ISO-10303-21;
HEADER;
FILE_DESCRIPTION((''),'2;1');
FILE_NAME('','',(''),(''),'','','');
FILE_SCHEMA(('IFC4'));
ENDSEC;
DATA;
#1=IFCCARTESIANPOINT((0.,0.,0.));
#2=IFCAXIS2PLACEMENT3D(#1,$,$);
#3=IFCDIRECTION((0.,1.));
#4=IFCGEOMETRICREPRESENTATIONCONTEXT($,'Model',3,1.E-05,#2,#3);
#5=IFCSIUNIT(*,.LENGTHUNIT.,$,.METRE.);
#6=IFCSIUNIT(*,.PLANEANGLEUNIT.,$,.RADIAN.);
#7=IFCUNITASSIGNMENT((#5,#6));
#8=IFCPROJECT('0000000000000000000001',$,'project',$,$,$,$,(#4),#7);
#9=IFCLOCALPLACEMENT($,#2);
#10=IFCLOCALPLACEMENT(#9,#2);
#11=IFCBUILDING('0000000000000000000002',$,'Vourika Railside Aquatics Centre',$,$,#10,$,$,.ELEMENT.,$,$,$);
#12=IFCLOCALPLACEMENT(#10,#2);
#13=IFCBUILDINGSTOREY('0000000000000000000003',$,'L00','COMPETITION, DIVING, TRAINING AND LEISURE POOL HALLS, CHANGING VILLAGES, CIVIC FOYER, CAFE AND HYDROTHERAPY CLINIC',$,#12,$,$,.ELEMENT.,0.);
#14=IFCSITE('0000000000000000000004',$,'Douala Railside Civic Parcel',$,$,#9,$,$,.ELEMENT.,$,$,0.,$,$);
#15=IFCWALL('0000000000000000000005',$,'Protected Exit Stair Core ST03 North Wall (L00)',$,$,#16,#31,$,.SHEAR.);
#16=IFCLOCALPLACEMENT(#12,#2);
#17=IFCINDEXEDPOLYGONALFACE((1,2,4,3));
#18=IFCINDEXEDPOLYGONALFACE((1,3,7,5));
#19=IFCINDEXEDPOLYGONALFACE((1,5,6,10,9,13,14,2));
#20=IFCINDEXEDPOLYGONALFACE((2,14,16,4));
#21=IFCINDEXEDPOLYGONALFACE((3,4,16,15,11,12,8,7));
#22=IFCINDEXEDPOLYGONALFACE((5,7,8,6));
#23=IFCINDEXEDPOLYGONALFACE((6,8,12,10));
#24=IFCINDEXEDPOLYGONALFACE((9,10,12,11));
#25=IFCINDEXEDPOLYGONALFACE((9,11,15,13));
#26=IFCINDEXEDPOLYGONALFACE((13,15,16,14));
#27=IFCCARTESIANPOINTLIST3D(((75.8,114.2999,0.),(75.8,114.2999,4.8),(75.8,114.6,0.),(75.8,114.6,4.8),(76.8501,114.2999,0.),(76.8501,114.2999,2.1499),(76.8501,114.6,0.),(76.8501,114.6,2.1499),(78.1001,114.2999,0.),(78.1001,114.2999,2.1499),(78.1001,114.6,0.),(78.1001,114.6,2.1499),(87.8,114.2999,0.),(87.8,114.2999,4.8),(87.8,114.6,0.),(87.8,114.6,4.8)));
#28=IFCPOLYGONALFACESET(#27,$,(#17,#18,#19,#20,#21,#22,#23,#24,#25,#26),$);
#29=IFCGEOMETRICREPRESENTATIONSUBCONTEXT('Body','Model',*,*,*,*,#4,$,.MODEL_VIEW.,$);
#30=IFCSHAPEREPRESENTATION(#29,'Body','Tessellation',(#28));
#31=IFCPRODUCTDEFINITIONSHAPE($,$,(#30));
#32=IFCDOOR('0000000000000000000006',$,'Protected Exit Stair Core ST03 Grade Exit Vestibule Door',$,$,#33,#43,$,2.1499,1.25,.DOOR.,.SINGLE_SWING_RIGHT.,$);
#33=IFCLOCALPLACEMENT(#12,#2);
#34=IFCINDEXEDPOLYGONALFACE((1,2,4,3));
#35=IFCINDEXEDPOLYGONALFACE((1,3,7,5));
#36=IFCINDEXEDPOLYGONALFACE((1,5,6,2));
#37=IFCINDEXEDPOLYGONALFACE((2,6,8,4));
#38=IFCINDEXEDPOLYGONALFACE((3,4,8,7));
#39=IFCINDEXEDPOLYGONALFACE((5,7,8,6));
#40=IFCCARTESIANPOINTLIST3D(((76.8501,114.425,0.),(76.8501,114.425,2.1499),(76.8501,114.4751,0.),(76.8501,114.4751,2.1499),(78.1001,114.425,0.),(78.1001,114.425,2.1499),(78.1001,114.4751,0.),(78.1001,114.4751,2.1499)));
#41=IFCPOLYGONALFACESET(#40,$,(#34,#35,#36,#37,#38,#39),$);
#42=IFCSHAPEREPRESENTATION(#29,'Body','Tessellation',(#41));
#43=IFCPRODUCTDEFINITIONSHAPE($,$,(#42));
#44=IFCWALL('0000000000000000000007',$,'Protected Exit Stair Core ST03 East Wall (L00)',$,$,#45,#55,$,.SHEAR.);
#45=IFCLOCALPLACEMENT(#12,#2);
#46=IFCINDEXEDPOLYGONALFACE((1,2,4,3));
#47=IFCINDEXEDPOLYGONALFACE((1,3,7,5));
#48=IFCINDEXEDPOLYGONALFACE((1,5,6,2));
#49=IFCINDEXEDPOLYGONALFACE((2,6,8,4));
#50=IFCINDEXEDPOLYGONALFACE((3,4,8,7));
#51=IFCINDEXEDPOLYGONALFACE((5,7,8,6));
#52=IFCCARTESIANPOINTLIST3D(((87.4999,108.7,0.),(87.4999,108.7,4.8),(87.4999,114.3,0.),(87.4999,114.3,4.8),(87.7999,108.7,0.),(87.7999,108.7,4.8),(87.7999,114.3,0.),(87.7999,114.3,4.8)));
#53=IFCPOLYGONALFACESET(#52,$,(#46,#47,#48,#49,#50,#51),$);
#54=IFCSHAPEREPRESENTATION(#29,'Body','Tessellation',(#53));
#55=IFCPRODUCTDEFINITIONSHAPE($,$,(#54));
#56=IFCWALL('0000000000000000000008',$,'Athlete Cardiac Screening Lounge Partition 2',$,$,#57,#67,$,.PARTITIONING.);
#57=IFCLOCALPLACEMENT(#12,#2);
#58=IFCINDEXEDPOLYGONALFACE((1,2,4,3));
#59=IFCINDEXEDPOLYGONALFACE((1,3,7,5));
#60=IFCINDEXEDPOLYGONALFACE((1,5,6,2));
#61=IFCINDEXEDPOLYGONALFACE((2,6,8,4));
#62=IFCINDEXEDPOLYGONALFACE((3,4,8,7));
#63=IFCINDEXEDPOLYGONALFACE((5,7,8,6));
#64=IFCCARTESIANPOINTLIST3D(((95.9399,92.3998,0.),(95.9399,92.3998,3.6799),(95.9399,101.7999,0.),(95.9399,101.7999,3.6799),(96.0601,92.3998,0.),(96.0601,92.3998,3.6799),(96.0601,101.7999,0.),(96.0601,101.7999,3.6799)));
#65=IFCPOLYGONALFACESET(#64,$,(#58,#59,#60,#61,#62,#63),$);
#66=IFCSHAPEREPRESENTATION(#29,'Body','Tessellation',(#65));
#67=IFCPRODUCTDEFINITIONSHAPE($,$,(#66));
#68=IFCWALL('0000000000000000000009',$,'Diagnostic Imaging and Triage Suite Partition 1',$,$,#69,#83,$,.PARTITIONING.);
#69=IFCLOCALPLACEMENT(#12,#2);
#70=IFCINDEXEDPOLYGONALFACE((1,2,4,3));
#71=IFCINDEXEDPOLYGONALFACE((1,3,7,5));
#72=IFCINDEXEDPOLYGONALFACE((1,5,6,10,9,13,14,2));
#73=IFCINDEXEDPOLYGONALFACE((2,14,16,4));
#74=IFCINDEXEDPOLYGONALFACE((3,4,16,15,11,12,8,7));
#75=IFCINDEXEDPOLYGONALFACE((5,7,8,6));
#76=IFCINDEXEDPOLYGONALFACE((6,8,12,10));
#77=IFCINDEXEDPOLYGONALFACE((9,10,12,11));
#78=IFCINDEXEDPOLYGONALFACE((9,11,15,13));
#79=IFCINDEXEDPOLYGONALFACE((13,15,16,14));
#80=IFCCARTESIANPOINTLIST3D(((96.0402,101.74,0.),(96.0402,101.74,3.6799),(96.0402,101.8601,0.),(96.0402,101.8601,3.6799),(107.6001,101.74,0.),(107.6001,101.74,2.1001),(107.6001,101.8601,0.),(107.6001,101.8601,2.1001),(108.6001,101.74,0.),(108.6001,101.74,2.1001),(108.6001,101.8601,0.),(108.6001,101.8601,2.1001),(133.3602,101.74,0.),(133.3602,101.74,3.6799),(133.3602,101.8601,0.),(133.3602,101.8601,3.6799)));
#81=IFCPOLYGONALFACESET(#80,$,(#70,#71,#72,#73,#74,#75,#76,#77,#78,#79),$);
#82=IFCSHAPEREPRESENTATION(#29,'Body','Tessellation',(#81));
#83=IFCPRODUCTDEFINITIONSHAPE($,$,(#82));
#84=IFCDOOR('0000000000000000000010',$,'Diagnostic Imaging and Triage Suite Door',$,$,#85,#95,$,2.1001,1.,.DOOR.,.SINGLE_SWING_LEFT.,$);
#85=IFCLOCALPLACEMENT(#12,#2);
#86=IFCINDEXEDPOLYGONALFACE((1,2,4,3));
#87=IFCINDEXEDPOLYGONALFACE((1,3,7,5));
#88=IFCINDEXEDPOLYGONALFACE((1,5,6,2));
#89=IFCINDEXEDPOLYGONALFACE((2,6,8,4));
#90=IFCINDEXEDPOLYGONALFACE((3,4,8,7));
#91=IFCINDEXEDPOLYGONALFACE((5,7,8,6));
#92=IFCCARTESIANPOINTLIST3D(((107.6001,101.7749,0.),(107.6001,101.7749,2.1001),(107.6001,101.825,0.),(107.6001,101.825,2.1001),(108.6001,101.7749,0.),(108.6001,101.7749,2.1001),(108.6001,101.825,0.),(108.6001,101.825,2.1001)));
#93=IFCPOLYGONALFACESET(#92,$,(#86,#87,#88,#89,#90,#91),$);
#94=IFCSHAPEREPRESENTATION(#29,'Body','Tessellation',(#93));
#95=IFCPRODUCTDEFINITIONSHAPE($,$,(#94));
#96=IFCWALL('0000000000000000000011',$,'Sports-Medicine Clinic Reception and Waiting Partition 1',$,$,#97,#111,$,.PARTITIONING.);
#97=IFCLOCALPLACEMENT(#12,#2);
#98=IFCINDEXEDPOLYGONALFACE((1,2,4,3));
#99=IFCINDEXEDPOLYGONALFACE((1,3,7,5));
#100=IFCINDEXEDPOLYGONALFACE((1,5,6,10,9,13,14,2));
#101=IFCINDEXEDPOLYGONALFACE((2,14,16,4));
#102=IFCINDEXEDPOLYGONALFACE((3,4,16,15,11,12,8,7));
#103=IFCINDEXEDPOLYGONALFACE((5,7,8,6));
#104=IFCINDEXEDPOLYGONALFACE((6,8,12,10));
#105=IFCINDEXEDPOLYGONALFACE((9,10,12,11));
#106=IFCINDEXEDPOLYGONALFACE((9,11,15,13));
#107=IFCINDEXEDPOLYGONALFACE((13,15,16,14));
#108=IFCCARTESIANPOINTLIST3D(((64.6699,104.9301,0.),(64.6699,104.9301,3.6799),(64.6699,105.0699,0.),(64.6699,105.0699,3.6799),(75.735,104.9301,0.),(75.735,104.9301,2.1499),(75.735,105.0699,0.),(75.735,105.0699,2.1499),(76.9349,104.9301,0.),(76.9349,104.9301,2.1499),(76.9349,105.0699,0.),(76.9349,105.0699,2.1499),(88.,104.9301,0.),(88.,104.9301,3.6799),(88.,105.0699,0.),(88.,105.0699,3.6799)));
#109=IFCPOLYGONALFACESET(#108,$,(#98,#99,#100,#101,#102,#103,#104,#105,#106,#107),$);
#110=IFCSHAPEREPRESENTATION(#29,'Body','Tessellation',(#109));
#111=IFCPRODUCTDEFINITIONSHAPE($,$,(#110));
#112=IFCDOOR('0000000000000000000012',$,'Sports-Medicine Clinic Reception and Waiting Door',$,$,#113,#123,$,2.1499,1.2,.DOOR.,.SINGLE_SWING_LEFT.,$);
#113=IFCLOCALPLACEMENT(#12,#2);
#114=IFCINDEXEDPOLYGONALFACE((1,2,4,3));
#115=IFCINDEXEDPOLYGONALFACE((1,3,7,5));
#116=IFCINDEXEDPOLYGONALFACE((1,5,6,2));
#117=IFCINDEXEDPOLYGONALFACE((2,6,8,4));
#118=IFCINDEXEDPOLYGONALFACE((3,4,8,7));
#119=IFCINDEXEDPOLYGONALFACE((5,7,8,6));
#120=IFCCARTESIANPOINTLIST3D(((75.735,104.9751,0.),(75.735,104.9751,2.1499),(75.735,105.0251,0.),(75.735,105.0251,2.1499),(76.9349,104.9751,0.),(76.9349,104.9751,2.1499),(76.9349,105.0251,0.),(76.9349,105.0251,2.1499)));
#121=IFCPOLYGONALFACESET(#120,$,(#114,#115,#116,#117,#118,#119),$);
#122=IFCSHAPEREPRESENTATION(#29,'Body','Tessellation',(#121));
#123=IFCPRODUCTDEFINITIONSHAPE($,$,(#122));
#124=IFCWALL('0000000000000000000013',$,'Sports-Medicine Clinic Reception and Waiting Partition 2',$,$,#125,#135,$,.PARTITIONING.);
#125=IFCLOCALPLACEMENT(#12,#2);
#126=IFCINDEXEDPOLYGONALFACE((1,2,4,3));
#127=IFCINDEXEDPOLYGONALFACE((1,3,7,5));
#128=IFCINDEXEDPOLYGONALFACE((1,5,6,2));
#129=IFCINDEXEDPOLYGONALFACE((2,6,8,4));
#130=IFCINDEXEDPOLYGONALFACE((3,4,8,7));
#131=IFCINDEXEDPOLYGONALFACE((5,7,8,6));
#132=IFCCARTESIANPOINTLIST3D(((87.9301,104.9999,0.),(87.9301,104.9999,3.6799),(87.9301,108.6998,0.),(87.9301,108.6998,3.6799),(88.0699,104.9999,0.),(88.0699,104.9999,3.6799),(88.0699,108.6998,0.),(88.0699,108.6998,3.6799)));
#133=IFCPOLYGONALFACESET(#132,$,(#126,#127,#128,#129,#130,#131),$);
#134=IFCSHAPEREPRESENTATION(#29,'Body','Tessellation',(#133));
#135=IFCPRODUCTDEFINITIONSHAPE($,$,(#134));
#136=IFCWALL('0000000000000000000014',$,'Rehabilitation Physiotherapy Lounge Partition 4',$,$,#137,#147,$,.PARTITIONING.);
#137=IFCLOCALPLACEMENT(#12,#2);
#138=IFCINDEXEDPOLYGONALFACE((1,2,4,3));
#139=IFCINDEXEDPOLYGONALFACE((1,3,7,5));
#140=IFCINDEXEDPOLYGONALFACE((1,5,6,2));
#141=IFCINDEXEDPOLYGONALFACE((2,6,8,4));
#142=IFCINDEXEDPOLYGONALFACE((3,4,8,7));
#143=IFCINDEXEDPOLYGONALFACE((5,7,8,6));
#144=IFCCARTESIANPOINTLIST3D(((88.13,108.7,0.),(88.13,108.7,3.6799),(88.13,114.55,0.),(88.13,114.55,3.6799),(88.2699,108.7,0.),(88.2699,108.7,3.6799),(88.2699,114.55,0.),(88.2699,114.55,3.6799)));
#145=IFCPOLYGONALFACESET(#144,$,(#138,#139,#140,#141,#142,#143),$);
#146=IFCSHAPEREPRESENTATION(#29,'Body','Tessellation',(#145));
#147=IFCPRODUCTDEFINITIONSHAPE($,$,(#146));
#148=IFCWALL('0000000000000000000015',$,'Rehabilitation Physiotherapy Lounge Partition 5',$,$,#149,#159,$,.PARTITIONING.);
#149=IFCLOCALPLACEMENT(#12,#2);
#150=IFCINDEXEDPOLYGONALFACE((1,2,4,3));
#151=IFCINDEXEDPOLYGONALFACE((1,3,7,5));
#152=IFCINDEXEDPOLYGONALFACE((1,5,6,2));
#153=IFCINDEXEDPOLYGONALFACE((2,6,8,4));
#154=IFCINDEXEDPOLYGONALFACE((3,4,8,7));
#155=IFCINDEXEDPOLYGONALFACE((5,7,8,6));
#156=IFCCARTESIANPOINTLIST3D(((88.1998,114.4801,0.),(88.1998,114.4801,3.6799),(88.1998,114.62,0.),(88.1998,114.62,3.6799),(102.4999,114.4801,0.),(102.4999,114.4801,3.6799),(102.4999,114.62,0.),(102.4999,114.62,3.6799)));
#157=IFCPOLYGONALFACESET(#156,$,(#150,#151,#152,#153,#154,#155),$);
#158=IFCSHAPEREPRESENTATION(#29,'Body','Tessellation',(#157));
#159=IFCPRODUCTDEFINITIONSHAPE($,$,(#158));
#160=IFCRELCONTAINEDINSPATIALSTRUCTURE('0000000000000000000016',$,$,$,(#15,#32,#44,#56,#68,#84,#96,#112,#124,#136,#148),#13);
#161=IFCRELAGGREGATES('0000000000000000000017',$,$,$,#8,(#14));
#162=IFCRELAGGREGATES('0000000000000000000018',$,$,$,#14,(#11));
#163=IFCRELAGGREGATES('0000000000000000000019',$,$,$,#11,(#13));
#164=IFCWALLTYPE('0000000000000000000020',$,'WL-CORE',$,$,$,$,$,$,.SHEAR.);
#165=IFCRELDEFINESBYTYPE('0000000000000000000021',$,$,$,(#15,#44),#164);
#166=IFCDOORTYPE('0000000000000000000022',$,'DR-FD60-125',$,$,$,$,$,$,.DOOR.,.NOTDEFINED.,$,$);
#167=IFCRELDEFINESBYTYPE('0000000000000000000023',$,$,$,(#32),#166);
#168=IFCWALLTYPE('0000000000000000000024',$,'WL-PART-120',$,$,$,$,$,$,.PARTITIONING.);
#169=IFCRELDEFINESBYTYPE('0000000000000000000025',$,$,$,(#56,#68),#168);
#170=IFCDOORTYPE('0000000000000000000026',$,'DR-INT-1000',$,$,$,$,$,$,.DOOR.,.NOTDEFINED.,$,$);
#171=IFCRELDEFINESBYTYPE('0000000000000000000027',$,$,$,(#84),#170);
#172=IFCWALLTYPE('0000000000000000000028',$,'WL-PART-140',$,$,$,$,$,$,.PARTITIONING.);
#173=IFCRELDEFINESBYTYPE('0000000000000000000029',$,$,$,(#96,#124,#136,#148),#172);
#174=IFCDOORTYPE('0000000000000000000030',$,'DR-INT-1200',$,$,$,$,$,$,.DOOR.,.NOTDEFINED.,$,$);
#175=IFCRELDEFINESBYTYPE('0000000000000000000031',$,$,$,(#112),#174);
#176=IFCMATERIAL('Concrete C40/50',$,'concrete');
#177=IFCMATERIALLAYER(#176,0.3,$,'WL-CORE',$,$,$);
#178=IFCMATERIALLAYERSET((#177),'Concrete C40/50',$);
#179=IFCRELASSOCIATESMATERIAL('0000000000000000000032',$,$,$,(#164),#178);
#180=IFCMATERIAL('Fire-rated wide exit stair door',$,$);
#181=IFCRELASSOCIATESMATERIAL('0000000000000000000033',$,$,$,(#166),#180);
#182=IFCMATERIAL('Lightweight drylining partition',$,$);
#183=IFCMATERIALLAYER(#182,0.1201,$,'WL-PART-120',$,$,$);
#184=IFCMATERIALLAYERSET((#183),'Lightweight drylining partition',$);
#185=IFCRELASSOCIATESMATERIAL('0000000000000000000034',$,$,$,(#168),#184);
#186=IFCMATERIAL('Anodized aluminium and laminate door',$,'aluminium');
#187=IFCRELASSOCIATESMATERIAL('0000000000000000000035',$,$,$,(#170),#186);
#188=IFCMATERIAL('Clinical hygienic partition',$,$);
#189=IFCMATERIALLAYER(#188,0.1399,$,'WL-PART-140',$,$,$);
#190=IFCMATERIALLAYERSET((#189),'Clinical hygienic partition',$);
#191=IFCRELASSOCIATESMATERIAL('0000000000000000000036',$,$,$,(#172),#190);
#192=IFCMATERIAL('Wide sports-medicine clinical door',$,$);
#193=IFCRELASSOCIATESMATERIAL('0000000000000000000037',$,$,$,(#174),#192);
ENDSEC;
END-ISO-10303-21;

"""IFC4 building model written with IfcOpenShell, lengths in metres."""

from ifc_helpers import new_model, si_unit, direction, frame, frame_2d, origin, place, context, subcontext, project, spatial, rectangle, extrude, material, layer, layer_set, type_object, element, fill, save


model = new_model("IFC4")

# Units and contexts
model_context = context("Model", 3, precision=1e-05, world=origin(), true_north=direction((0.0, 1.0)))
body_context = subcontext(model_context, "Body", "Model", "MODEL_VIEW")
ifc_project = project(units=[si_unit("LENGTHUNIT", "METRE"), si_unit("PLANEANGLEUNIT", "RADIAN")], contexts=[model_context])

# Site, building, storey
site_placement = place(None, origin())
site = spatial("IfcSite", under=ifc_project, at=site_placement, Name="Douala Railside Civic Parcel", CompositionType="ELEMENT", RefElevation=0.0)
building_placement = place(site_placement, origin())
building = spatial("IfcBuilding", under=site, at=building_placement, Name="Vourika Railside Aquatics Centre", CompositionType="ELEMENT")
storey_placement = place(building_placement, origin())
storey = spatial("IfcBuildingStorey", under=building, at=storey_placement, Name="L00", Description="COMPETITION, DIVING, TRAINING AND LEISURE POOL HALLS, CHANGING VILLAGES, CIVIC FOYER, CAFE AND HYDROTHERAPY CLINIC", CompositionType="ELEMENT", Elevation=0.0)

# Shared definitions
ifc_material_1 = material(Name="Concrete C40/50", Category="concrete")

# Wall, opening, door
ifc_layer_1 = layer(ifc_material_1, 0.3, Name="WL-CORE")
ifc_layer_set_1 = layer_set([ifc_layer_1], Name="Concrete C40/50")
wall_type_1 = type_object("IfcWallType", Name="WL-CORE", PredefinedType="SHEAR", material=ifc_layer_set_1)
wall_1_placement = place(storey_placement, frame((87.8, 114.45, 0.0), z_axis=(0.0, 0.0, 1.0), x_axis=(-1.0, 0.0, 0.0)))
wall_1 = element("IfcWall", 1, at=wall_1_placement, inside=storey, type_object=wall_type_1, Name="Protected Exit Stair Core ST03 North Wall (L00)", PredefinedType="SHEAR", context=body_context, shape_type="SweptSolid", body=[
    extrude(rectangle(XDim=12.0, YDim=0.3, at=frame_2d((6.0, 0.0))), origin(), (0.0, 0.0, 1.0), 4.8),
])
opening_1_placement = place(wall_1_placement, frame((9.7, 0.0, 0.0)))
opening_1 = element("IfcOpeningElement", 2, at=opening_1_placement, cuts=wall_1, PredefinedType="OPENING", context=body_context, shape_type="SweptSolid", body=[
    extrude(rectangle(XDim=1.25, YDim=2.1499, at=frame_2d((0.625, 1.075))), frame((0.0, 0.1602, 0.0), z_axis=(0.0, -1.0, 0.0), x_axis=(1.0, 0.0, 0.0)), (0.0, 0.0, 1.0), 0.3201),
])
ifc_material_2 = material(Name="Fire-rated wide exit stair door")
door_type_1 = type_object("IfcDoorType", Name="DR-FD60-125", OperationType="NOTDEFINED", PredefinedType="DOOR", material=ifc_material_2)
door_1_placement = place(opening_1_placement, origin())
door_1 = element("IfcDoor", 3, at=door_1_placement, inside=storey, type_object=door_type_1, Name="Protected Exit Stair Core ST03 Grade Exit Vestibule Door", OperationType="SINGLE_SWING_RIGHT", OverallHeight=2.1499, OverallWidth=1.25, PredefinedType="DOOR", context=body_context, shape_type="SweptSolid", body=[
    extrude(rectangle(XDim=1.25, YDim=2.1499, at=frame_2d((0.625, 1.075))), frame((0.0, 0.0249, 0.0), z_axis=(0.0, -1.0, 0.0), x_axis=(1.0, 0.0, 0.0)), (0.0, 0.0, 1.0), 0.05),
])
fill(opening_1, door_1)

# Walls
wall_2_placement = place(storey_placement, frame((87.6499, 108.7, 0.0), z_axis=(0.0, 0.0, 1.0), x_axis=(0.0, 1.0, 0.0)))
element("IfcWall", 4, at=wall_2_placement, inside=storey, type_object=wall_type_1, Name="Protected Exit Stair Core ST03 East Wall (L00)", PredefinedType="SHEAR", context=body_context, shape_type="SweptSolid", body=[
    extrude(rectangle(XDim=5.6001, YDim=0.3, at=frame_2d((2.8, 0.0))), origin(), (0.0, 0.0, 1.0), 4.8),
])
ifc_material_3 = material(Name="Lightweight drylining partition")
ifc_layer_2 = layer(ifc_material_3, 0.1201, Name="WL-PART-120")
ifc_layer_set_2 = layer_set([ifc_layer_2], Name="Lightweight drylining partition")
wall_type_2 = type_object("IfcWallType", Name="WL-PART-120", PredefinedType="PARTITIONING", material=ifc_layer_set_2)
wall_3_placement = place(storey_placement, frame((96.0, 101.8, 0.0), z_axis=(0.0, 0.0, 1.0), x_axis=(0.0, -1.0, 0.0)))
element("IfcWall", 5, at=wall_3_placement, inside=storey, type_object=wall_type_2, Name="Athlete Cardiac Screening Lounge Partition 2", PredefinedType="PARTITIONING", context=body_context, shape_type="SweptSolid", body=[
    extrude(rectangle(XDim=9.4001, YDim=0.1201, at=frame_2d((4.7002, 0.0))), origin(), (0.0, 0.0, 1.0), 3.6799),
])

# Walls, openings, doors
wall_4_placement = place(storey_placement, frame((96.04, 101.8, 0.0), z_axis=(0.0, 0.0, 1.0), x_axis=(1.0, 0.0, 0.0)))
wall_4 = element("IfcWall", 6, at=wall_4_placement, inside=storey, type_object=wall_type_2, Name="Diagnostic Imaging and Triage Suite Partition 1", PredefinedType="PARTITIONING", context=body_context, shape_type="SweptSolid", body=[
    extrude(rectangle(XDim=37.3201, YDim=0.1201, at=frame_2d((18.6602, 0.0))), origin(), (0.0, 0.0, 1.0), 3.6799),
])
opening_2_placement = place(wall_4_placement, frame((11.5601, 0.0, 0.0)))
opening_2 = element("IfcOpeningElement", 7, at=opening_2_placement, cuts=wall_4, PredefinedType="OPENING", context=body_context, shape_type="SweptSolid", body=[
    extrude(rectangle(XDim=1.0, YDim=2.1001, at=frame_2d((0.5, 1.05))), frame((0.0, 0.0701, 0.0), z_axis=(0.0, -1.0, 0.0), x_axis=(1.0, 0.0, 0.0)), (0.0, 0.0, 1.0), 0.1401),
])
ifc_material_4 = material(Name="Anodized aluminium and laminate door", Category="aluminium")
door_type_2 = type_object("IfcDoorType", Name="DR-INT-1000", OperationType="NOTDEFINED", PredefinedType="DOOR", material=ifc_material_4)
door_2_placement = place(opening_2_placement, origin())
door_2 = element("IfcDoor", 8, at=door_2_placement, inside=storey, type_object=door_type_2, Name="Diagnostic Imaging and Triage Suite Door", OperationType="SINGLE_SWING_LEFT", OverallHeight=2.1001, OverallWidth=1.0, PredefinedType="DOOR", context=body_context, shape_type="SweptSolid", body=[
    extrude(rectangle(XDim=1.0, YDim=2.1001, at=frame_2d((0.5, 1.05))), frame((0.0, 0.0249, 0.0), z_axis=(0.0, -1.0, 0.0), x_axis=(1.0, 0.0, 0.0)), (0.0, 0.0, 1.0), 0.05),
])
fill(opening_2, door_2)
ifc_material_5 = material(Name="Clinical hygienic partition")
ifc_layer_3 = layer(ifc_material_5, 0.1399, Name="WL-PART-140")
ifc_layer_set_3 = layer_set([ifc_layer_3], Name="Clinical hygienic partition")
wall_type_3 = type_object("IfcWallType", Name="WL-PART-140", PredefinedType="PARTITIONING", material=ifc_layer_set_3)
wall_5_placement = place(storey_placement, frame((88.0, 105.0, 0.0), z_axis=(0.0, 0.0, 1.0), x_axis=(-1.0, 0.0, 0.0)))
wall_5 = element("IfcWall", 9, at=wall_5_placement, inside=storey, type_object=wall_type_3, Name="Sports-Medicine Clinic Reception and Waiting Partition 1", PredefinedType="PARTITIONING", context=body_context, shape_type="SweptSolid", body=[
    extrude(rectangle(XDim=23.3301, YDim=0.1399, at=frame_2d((11.665, 0.0))), origin(), (0.0, 0.0, 1.0), 3.6799),
])
opening_3_placement = place(wall_5_placement, frame((11.0649, 0.0, 0.0)))
opening_3 = element("IfcOpeningElement", 10, at=opening_3_placement, cuts=wall_5, PredefinedType="OPENING", context=body_context, shape_type="SweptSolid", body=[
    extrude(rectangle(XDim=1.2, YDim=2.1499, at=frame_2d((0.6001, 1.075))), frame((0.0, 0.0801, 0.0), z_axis=(0.0, -1.0, 0.0), x_axis=(1.0, 0.0, 0.0)), (0.0, 0.0, 1.0), 0.1599),
])
ifc_material_6 = material(Name="Wide sports-medicine clinical door")
door_type_3 = type_object("IfcDoorType", Name="DR-INT-1200", OperationType="NOTDEFINED", PredefinedType="DOOR", material=ifc_material_6)
door_3_placement = place(opening_3_placement, origin())
door_3 = element("IfcDoor", 11, at=door_3_placement, inside=storey, type_object=door_type_3, Name="Sports-Medicine Clinic Reception and Waiting Door", OperationType="SINGLE_SWING_LEFT", OverallHeight=2.1499, OverallWidth=1.2, PredefinedType="DOOR", context=body_context, shape_type="SweptSolid", body=[
    extrude(rectangle(XDim=1.2, YDim=2.1499, at=frame_2d((0.6001, 1.075))), frame((0.0, 0.0249, 0.0), z_axis=(0.0, -1.0, 0.0), x_axis=(1.0, 0.0, 0.0)), (0.0, 0.0, 1.0), 0.05),
])
fill(opening_3, door_3)

# Walls
wall_6_placement = place(storey_placement, frame((88.0, 108.7, 0.0), z_axis=(0.0, 0.0, 1.0), x_axis=(0.0, -1.0, 0.0)))
element("IfcWall", 12, at=wall_6_placement, inside=storey, type_object=wall_type_3, Name="Sports-Medicine Clinic Reception and Waiting Partition 2", PredefinedType="PARTITIONING", context=body_context, shape_type="SweptSolid", body=[
    extrude(rectangle(XDim=3.7, YDim=0.1399, at=frame_2d((1.8501, 0.0))), origin(), (0.0, 0.0, 1.0), 3.6799),
])
wall_7_placement = place(storey_placement, frame((88.2, 108.7, 0.0), z_axis=(0.0, 0.0, 1.0), x_axis=(0.0, 1.0, 0.0)))
element("IfcWall", 13, at=wall_7_placement, inside=storey, type_object=wall_type_3, Name="Rehabilitation Physiotherapy Lounge Partition 4", PredefinedType="PARTITIONING", context=body_context, shape_type="SweptSolid", body=[
    extrude(rectangle(XDim=5.8501, YDim=0.1399, at=frame_2d((2.925, 0.0))), origin(), (0.0, 0.0, 1.0), 3.6799),
])
wall_8_placement = place(storey_placement, frame((88.2, 114.55, 0.0), z_axis=(0.0, 0.0, 1.0), x_axis=(1.0, 0.0, 0.0)))
element("IfcWall", 14, at=wall_8_placement, inside=storey, type_object=wall_type_3, Name="Rehabilitation Physiotherapy Lounge Partition 5", PredefinedType="PARTITIONING", context=body_context, shape_type="SweptSolid", body=[
    extrude(rectangle(XDim=14.3, YDim=0.1399, at=frame_2d((7.1499, 0.0))), origin(), (0.0, 0.0, 1.0), 3.6799),
])

save(model, "model.ifc")
